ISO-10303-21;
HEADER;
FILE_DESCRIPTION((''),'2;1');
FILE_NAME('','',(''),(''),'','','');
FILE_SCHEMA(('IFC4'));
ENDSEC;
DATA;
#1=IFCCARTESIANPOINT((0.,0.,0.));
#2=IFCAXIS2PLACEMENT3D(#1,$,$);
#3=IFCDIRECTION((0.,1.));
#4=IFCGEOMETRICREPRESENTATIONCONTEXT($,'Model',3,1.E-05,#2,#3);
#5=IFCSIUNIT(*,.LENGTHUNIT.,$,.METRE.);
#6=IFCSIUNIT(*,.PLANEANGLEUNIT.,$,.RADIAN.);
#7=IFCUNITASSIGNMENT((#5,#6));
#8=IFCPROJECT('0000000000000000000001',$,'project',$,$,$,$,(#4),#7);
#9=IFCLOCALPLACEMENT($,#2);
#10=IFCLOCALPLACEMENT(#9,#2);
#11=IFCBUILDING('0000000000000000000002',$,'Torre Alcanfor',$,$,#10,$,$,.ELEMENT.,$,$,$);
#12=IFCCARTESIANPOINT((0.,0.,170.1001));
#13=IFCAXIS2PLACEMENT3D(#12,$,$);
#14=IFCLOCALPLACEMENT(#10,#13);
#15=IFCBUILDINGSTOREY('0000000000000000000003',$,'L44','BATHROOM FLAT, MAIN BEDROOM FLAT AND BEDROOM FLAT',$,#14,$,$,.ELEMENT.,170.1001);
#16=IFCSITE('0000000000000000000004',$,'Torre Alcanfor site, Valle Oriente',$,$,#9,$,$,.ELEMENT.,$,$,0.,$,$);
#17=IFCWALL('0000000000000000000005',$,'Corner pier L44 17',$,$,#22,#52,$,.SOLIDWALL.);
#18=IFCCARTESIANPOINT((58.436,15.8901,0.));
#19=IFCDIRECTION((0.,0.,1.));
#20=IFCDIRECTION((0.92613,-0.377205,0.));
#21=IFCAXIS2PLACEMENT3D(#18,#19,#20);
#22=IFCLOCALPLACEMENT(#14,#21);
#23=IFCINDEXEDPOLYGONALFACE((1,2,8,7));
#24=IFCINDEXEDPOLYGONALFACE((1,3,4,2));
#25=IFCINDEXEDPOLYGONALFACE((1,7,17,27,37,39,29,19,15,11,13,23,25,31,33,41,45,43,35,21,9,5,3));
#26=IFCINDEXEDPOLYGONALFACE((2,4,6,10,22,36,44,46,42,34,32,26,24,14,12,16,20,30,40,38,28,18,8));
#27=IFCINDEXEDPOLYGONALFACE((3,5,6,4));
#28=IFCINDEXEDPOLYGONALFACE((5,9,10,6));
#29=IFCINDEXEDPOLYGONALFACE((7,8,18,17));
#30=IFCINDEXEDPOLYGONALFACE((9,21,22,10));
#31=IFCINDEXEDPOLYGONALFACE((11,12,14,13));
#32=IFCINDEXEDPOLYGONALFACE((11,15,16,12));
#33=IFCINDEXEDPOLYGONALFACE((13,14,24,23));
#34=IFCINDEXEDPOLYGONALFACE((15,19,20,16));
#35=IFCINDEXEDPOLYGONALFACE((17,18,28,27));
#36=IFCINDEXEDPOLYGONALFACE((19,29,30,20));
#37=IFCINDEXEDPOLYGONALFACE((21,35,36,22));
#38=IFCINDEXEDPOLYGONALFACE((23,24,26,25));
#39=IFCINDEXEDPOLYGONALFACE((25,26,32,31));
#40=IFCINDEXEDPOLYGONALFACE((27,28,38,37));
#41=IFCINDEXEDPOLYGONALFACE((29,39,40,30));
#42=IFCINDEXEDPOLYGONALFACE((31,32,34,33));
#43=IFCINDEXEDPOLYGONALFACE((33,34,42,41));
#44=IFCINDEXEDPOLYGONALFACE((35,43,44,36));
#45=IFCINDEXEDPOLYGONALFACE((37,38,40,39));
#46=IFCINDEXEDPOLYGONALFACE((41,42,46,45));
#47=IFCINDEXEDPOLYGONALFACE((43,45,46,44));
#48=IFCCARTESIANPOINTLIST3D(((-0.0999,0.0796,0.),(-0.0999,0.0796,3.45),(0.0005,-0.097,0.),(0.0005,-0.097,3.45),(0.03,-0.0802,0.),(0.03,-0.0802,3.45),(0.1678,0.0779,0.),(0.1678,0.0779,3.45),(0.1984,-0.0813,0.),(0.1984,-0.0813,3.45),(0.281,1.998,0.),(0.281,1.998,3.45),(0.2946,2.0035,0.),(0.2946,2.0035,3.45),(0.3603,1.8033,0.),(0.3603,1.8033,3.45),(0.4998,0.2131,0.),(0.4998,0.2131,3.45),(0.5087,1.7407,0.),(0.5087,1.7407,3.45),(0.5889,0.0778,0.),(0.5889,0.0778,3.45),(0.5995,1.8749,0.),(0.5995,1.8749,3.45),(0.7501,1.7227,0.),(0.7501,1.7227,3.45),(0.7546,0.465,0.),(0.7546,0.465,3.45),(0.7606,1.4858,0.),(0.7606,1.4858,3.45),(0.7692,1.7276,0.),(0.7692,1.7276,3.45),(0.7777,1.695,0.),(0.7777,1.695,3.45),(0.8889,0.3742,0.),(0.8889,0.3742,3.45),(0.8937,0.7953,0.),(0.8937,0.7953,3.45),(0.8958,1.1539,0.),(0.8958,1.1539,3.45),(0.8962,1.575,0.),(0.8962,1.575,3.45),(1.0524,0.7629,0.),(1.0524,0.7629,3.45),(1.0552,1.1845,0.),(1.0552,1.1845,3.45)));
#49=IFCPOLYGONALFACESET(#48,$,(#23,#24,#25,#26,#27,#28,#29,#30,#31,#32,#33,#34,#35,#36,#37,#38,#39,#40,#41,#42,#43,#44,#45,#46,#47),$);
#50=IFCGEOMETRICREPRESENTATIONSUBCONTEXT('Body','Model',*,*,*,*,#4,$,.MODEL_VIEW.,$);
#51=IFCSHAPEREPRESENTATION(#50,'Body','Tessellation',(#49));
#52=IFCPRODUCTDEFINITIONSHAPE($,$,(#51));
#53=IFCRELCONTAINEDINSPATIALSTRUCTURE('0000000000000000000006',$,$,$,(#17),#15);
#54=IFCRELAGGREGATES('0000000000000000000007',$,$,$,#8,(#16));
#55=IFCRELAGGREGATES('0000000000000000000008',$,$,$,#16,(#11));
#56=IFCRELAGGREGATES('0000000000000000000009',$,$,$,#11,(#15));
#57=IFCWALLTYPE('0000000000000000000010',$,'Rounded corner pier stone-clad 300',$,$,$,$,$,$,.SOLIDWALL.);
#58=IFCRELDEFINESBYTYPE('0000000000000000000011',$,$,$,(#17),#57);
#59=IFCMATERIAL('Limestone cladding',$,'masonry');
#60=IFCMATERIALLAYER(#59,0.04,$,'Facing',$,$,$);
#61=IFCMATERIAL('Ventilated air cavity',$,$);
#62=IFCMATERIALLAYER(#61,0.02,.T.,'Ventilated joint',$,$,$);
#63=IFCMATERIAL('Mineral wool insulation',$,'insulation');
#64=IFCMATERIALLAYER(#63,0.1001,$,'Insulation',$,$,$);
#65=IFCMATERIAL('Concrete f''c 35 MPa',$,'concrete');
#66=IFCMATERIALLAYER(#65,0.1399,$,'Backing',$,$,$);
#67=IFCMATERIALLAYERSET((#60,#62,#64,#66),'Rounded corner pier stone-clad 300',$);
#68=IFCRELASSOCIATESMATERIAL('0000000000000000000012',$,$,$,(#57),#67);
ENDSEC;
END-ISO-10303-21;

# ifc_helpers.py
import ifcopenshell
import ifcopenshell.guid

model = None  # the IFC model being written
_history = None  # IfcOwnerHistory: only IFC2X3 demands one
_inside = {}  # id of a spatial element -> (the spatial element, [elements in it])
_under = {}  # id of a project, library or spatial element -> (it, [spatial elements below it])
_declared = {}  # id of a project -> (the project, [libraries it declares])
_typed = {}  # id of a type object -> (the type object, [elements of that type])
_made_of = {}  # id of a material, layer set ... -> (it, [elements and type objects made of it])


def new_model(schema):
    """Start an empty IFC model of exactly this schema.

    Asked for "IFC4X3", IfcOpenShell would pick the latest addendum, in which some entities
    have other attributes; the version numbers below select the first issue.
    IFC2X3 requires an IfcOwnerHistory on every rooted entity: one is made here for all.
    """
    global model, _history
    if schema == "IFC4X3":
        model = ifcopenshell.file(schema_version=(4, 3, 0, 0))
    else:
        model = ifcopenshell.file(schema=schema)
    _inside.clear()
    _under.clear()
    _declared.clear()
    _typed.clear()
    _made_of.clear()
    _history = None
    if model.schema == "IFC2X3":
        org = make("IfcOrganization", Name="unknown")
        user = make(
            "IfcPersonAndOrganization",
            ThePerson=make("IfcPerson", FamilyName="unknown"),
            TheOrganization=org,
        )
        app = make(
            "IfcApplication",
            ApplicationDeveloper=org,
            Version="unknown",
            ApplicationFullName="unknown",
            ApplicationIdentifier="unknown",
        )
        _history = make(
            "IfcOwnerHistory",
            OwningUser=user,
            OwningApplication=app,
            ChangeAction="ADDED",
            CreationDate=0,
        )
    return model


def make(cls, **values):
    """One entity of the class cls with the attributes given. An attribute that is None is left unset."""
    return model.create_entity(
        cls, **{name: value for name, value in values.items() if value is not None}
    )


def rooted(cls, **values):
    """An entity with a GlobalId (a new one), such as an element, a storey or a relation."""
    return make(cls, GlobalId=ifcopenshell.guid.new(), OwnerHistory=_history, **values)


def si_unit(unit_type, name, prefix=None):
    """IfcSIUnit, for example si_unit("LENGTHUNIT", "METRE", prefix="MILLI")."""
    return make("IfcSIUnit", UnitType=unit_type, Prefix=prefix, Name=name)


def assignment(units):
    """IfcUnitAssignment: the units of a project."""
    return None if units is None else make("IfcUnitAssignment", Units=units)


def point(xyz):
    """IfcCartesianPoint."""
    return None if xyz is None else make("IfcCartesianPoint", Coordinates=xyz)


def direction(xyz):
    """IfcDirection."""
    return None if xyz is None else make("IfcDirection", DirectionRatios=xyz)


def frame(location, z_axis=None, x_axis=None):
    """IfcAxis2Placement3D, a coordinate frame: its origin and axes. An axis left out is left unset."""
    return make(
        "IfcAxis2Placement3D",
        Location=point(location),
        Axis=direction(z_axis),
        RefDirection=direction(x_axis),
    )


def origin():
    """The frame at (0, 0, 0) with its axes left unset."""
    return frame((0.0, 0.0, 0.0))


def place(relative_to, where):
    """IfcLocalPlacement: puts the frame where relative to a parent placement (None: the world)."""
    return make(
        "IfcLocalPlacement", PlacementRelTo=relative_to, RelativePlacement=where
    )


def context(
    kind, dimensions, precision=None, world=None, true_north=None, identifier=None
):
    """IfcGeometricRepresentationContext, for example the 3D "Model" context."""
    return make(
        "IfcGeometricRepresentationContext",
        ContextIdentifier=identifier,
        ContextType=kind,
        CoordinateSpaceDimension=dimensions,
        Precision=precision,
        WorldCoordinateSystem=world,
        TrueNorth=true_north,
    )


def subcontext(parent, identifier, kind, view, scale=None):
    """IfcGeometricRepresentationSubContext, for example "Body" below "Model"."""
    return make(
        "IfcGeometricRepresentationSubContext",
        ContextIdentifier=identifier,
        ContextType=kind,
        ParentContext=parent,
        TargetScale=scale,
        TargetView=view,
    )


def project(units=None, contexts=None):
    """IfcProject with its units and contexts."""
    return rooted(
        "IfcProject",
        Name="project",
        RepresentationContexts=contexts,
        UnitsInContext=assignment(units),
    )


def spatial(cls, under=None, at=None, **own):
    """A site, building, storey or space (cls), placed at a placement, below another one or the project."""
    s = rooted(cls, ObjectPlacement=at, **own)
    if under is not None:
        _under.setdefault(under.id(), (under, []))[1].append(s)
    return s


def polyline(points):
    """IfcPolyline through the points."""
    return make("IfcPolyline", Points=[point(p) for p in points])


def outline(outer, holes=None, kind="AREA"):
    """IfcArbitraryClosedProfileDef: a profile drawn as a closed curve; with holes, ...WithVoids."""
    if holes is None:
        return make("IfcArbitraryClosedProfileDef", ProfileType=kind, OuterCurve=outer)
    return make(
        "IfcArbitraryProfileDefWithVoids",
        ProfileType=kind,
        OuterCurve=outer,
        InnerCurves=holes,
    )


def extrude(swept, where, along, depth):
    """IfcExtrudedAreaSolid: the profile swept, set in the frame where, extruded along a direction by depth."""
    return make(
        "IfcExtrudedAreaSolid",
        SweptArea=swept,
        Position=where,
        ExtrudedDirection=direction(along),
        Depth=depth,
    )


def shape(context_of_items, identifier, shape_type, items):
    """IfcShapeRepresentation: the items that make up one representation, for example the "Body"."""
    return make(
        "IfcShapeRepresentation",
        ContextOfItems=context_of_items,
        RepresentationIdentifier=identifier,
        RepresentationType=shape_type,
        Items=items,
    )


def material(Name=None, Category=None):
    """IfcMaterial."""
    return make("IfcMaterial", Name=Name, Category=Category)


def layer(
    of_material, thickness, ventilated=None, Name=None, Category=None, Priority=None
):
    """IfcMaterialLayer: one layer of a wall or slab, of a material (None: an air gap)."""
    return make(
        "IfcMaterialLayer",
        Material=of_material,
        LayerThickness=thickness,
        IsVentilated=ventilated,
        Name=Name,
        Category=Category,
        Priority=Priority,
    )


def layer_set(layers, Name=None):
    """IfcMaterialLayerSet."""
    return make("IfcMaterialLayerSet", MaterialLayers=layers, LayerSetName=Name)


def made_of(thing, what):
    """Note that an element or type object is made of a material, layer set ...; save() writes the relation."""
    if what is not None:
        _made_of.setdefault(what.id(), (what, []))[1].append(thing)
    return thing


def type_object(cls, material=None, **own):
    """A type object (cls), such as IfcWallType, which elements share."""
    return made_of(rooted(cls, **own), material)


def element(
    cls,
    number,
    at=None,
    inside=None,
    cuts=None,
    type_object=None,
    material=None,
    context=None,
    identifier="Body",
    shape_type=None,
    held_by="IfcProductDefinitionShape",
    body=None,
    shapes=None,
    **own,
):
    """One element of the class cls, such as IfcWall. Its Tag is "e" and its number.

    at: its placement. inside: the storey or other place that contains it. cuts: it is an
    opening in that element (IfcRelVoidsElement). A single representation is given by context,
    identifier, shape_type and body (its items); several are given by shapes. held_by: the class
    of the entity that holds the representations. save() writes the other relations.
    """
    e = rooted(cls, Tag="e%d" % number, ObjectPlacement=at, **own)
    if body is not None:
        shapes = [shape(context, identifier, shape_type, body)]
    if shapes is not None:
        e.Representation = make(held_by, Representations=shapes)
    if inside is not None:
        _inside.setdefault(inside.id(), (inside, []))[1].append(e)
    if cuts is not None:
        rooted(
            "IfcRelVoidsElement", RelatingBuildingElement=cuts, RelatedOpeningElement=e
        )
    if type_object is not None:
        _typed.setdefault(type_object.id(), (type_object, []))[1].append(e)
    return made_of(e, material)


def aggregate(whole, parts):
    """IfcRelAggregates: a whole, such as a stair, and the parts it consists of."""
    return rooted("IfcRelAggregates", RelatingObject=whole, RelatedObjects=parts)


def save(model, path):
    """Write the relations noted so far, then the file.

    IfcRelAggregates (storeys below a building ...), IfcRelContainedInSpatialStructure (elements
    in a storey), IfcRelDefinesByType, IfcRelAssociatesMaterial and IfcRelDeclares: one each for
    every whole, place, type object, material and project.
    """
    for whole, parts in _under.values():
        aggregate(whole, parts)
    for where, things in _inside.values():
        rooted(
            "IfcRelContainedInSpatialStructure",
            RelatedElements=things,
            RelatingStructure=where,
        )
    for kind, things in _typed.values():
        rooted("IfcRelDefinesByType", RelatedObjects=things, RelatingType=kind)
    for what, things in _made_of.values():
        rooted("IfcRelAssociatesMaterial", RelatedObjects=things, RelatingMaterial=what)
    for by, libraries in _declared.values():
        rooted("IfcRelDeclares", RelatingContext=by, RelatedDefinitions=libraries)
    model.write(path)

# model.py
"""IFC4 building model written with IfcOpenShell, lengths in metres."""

from ifc_helpers import new_model, si_unit, direction, frame, origin, place, context, subcontext, project, spatial, polyline, outline, extrude, material, layer, layer_set, type_object, element, save


model = new_model("IFC4")

# Units and contexts
model_context = context("Model", 3, precision=1e-05, world=origin(), true_north=direction((0.0, 1.0)))
body_context = subcontext(model_context, "Body", "Model", "MODEL_VIEW")
ifc_project = project(units=[si_unit("LENGTHUNIT", "METRE"), si_unit("PLANEANGLEUNIT", "RADIAN")], contexts=[model_context])

# Site, building, storey
site_placement = place(None, origin())
site = spatial("IfcSite", under=ifc_project, at=site_placement, Name="Torre Alcanfor site, Valle Oriente", CompositionType="ELEMENT", RefElevation=0.0)
building_placement = place(site_placement, origin())
building = spatial("IfcBuilding", under=site, at=building_placement, Name="Torre Alcanfor", CompositionType="ELEMENT")
storey_placement = place(building_placement, frame((0.0, 0.0, 170.1001)))
storey = spatial("IfcBuildingStorey", under=building, at=storey_placement, Name="L44", Description="BATHROOM FLAT, MAIN BEDROOM FLAT AND BEDROOM FLAT", CompositionType="ELEMENT", Elevation=170.1001)

# Wall
ifc_material_1 = material(Name="Limestone cladding", Category="masonry")
ifc_layer_1 = layer(ifc_material_1, 0.04, Name="Facing")
ifc_material_2 = material(Name="Ventilated air cavity")
ifc_layer_2 = layer(ifc_material_2, 0.02, ventilated=True, Name="Ventilated joint")
ifc_material_3 = material(Name="Mineral wool insulation", Category="insulation")
ifc_layer_3 = layer(ifc_material_3, 0.1001, Name="Insulation")
ifc_material_4 = material(Name="Concrete f'c 35 MPa", Category="concrete")
ifc_layer_4 = layer(ifc_material_4, 0.1399, Name="Backing")
ifc_layer_set_1 = layer_set([ifc_layer_1, ifc_layer_2, ifc_layer_3, ifc_layer_4], Name="Rounded corner pier stone-clad 300")
wall_type_1 = type_object("IfcWallType", Name="Rounded corner pier stone-clad 300", PredefinedType="SOLIDWALL", material=ifc_layer_set_1)
wall_1_placement = place(storey_placement, frame((58.436, 15.8901, 0.0), z_axis=(0.0, 0.0, 1.0), x_axis=(0.92613, -0.377205, 0.0)))
element("IfcWall", 1, at=wall_1_placement, inside=storey, type_object=wall_type_1, Name="Corner pier L44 17", PredefinedType="SOLIDWALL", context=body_context, shape_type="SweptSolid", body=[
    extrude(outline(polyline([(0.7692, 1.7276), (0.7501, 1.7227), (0.5995, 1.8749), (0.2946, 2.0035), (0.281, 1.998), (0.3603, 1.8033), (0.5087, 1.7407), (0.7606, 1.4858), (0.8958, 1.1539), (0.8937, 0.7953), (0.7546, 0.465), (0.4998, 0.2131), (0.1678, 0.0779), (-0.0999, 0.0796), (0.0005, -0.097), (0.03, -0.0802), (0.1984, -0.0813), (0.5889, 0.0778), (0.8889, 0.3742), (1.0524, 0.7629), (1.0552, 1.1845), (0.8962, 1.575), (0.7777, 1.695), (0.7692, 1.7276)])), origin(), (0.0, 0.0, 1.0), 3.45),
])

save(model, "model.ifc")
